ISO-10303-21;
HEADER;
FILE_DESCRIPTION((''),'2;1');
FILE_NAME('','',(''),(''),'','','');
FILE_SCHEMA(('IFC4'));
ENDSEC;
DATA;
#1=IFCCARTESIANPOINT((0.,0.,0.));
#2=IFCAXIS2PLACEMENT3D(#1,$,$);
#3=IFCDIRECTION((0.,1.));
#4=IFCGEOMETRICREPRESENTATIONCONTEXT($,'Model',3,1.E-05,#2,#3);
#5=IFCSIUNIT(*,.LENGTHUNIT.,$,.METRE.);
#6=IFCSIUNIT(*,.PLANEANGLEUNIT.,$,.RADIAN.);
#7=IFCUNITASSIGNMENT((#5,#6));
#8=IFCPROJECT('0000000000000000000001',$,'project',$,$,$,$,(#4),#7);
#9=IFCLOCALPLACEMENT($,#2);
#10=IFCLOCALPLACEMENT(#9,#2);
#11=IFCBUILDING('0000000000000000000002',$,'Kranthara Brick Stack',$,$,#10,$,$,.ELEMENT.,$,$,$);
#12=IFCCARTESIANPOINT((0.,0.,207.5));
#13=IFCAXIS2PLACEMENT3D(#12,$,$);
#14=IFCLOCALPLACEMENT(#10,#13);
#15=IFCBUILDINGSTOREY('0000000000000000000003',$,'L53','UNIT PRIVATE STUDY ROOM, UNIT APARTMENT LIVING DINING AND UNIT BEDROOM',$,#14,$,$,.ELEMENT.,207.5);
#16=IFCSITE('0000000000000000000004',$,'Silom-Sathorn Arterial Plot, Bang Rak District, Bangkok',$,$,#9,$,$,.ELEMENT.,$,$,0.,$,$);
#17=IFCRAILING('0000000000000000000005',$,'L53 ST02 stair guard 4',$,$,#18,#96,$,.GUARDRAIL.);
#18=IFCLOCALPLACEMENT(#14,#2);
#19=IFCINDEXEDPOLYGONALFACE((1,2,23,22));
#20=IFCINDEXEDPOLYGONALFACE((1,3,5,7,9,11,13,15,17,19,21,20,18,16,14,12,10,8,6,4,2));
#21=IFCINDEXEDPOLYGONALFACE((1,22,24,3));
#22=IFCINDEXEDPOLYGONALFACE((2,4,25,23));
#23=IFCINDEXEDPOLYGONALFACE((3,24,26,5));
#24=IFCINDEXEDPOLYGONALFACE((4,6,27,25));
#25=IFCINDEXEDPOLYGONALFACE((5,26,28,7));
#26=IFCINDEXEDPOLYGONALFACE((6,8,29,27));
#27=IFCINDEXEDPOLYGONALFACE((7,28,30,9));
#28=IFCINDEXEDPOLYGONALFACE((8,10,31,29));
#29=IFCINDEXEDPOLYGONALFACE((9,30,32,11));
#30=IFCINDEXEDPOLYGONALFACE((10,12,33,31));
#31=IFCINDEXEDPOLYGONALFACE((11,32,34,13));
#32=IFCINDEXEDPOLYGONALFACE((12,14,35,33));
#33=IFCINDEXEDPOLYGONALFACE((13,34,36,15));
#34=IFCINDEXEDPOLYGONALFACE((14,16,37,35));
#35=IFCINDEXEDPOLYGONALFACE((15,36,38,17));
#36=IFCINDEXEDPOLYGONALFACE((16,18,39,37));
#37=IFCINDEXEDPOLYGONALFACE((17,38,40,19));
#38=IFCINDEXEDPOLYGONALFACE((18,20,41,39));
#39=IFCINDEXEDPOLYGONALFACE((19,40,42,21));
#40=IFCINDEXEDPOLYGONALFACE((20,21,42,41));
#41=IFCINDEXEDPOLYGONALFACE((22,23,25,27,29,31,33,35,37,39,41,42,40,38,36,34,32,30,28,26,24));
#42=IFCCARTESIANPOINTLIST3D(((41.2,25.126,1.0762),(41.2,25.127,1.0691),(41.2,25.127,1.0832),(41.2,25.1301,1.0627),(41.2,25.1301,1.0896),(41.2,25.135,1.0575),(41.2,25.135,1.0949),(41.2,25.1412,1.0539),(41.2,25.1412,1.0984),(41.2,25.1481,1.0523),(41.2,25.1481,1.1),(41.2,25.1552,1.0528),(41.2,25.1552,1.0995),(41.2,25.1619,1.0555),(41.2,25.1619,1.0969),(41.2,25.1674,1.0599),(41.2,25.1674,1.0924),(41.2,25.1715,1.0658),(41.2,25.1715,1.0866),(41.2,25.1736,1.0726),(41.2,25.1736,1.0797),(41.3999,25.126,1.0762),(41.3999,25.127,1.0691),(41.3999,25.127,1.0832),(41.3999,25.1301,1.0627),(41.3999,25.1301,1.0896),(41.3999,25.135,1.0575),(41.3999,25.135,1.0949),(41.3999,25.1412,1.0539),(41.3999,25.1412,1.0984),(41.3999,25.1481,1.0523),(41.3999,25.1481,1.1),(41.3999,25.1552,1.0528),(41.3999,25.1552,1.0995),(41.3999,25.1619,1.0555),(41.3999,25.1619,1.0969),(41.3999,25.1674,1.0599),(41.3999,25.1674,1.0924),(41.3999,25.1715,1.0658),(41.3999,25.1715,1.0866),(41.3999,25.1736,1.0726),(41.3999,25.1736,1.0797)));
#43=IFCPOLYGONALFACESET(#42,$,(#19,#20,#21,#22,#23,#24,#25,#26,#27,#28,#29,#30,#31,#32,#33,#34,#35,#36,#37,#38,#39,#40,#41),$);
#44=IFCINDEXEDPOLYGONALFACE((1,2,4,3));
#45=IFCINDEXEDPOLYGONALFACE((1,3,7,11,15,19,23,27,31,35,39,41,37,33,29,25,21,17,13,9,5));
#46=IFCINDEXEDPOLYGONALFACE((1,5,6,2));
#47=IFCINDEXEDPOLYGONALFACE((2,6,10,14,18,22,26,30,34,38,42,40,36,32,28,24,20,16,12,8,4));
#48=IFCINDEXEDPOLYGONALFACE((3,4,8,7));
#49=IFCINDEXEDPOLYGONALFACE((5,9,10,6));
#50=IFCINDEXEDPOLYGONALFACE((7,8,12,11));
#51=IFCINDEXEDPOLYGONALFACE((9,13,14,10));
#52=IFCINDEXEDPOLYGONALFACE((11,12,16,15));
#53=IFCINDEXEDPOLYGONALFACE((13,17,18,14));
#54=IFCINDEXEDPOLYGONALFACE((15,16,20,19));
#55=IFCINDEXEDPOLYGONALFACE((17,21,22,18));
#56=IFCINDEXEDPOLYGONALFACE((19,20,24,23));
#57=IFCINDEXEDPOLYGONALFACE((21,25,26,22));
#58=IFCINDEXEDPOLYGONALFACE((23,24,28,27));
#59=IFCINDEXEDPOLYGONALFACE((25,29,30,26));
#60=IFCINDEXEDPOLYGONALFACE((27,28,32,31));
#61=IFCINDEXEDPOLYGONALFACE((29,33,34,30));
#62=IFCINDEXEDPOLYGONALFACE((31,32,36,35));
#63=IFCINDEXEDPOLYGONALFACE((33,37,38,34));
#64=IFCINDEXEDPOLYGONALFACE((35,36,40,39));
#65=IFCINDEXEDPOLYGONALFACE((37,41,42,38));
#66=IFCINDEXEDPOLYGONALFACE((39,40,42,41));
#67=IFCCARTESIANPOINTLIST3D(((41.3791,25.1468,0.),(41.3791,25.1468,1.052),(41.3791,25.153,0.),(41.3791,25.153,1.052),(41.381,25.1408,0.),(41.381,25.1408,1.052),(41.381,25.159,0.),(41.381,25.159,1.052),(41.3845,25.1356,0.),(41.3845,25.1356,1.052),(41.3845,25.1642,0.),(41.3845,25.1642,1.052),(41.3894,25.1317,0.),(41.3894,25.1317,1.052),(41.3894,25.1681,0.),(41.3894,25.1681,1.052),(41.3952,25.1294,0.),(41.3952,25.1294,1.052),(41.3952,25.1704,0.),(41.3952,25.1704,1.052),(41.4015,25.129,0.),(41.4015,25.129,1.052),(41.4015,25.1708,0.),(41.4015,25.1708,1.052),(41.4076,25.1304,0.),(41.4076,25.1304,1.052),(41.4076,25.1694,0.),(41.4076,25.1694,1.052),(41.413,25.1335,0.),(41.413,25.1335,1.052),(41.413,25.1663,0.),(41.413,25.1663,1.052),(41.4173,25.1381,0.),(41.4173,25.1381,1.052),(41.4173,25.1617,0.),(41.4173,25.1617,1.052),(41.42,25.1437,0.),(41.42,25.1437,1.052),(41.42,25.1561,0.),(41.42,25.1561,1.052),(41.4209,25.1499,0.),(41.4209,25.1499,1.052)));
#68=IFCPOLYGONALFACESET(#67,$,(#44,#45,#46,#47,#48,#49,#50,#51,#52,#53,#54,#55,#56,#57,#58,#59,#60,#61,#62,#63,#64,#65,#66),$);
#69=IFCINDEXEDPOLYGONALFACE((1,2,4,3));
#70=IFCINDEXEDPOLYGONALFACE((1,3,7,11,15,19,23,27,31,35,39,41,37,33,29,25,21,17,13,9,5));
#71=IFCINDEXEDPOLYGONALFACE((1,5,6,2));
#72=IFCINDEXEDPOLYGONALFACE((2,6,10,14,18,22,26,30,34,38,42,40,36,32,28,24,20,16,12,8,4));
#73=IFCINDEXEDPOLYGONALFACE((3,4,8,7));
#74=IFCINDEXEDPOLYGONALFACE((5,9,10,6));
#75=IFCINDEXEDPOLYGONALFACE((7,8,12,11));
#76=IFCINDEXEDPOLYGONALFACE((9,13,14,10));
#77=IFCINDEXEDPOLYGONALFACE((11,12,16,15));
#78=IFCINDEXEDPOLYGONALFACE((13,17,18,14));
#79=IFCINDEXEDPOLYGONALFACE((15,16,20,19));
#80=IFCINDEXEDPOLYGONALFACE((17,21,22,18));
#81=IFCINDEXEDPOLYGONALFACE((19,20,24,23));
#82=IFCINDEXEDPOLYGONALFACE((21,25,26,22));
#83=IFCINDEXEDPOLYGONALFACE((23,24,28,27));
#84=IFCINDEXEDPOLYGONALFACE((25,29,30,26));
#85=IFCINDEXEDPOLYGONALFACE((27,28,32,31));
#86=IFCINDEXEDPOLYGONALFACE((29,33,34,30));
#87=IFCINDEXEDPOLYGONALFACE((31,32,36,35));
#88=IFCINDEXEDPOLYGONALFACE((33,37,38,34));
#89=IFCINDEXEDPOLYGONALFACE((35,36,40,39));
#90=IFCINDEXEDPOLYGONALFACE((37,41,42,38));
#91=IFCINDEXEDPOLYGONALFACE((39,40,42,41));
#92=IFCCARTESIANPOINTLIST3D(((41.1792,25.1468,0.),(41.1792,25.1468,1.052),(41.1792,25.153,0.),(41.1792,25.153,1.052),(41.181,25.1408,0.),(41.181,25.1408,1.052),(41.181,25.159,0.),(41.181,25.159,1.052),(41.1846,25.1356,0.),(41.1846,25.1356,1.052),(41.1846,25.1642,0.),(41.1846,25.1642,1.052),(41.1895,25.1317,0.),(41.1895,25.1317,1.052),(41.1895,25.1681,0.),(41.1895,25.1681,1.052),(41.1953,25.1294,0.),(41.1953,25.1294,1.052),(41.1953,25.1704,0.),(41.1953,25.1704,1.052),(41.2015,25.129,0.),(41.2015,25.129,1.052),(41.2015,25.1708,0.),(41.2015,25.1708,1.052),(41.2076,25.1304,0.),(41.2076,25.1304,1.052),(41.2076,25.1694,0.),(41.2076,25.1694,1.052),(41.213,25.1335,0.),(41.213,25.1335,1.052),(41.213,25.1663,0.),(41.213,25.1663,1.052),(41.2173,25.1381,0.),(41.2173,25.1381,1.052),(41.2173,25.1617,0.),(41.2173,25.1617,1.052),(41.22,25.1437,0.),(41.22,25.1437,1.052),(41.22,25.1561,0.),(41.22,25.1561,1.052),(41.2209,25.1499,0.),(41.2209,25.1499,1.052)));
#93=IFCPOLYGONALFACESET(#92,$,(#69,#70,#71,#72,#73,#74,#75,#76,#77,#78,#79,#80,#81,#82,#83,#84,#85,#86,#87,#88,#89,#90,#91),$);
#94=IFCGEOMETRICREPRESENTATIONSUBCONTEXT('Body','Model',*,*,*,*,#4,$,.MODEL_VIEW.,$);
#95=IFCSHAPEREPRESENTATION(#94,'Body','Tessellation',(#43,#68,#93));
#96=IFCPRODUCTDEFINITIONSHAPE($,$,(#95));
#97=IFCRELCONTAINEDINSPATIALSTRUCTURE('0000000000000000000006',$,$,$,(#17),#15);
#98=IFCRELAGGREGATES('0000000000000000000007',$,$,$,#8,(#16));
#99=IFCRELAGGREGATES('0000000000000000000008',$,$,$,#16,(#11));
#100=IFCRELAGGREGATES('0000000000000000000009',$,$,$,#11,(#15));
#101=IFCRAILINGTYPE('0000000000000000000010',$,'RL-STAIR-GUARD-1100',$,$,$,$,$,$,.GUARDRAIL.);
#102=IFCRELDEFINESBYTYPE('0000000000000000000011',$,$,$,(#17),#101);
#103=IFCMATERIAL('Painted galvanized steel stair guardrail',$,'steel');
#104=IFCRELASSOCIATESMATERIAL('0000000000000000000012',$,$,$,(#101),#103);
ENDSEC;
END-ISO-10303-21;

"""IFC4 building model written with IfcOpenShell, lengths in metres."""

from ifc_helpers import new_model, si_unit, direction, frame, origin, origin_2d, place, context, subcontext, project, spatial, circle, extrude, material, type_object, element, save


model = new_model("IFC4")

# Units and contexts
model_context = context("Model", 3, precision=1e-05, world=origin(), true_north=direction((0.0, 1.0)))
body_context = subcontext(model_context, "Body", "Model", "MODEL_VIEW")
ifc_project = project(units=[si_unit("LENGTHUNIT", "METRE"), si_unit("PLANEANGLEUNIT", "RADIAN")], contexts=[model_context])

# Site, building, storey
site_placement = place(None, origin())
site = spatial("IfcSite", under=ifc_project, at=site_placement, Name="Silom-Sathorn Arterial Plot, Bang Rak District, Bangkok", CompositionType="ELEMENT", RefElevation=0.0)
building_placement = place(site_placement, origin())
building = spatial("IfcBuilding", under=site, at=building_placement, Name="Kranthara Brick Stack", CompositionType="ELEMENT")
storey_placement = place(building_placement, frame((0.0, 0.0, 207.5)))
storey = spatial("IfcBuildingStorey", under=building, at=storey_placement, Name="L53", Description="UNIT PRIVATE STUDY ROOM, UNIT APARTMENT LIVING DINING AND UNIT BEDROOM", CompositionType="ELEMENT", Elevation=207.5)

# Railing
ifc_material_1 = material(Name="Painted galvanized steel stair guardrail", Category="steel")
railing_type_1 = type_object("IfcRailingType", Name="RL-STAIR-GUARD-1100", PredefinedType="GUARDRAIL", material=ifc_material_1)
railing_1_placement = place(storey_placement, frame((41.3999, 25.1499, 0.0)))
element("IfcRailing", 1, at=railing_1_placement, inside=storey, type_object=railing_type_1, Name="L53 ST02 stair guard 4", PredefinedType="GUARDRAIL", context=body_context, shape_type="SweptSolid", body=[
    extrude(circle(Radius=0.0239, at=origin_2d()), frame((0.0, 0.0, 1.0762), z_axis=(-1.0, 0.0, 0.0), x_axis=(0.0, -1.0, 0.0)), (0.0, 0.0, 1.0), 0.2),
    extrude(circle(Radius=0.021, at=origin_2d()), origin(), (0.0, 0.0, 1.0), 1.052),
    extrude(circle(Radius=0.021, at=origin_2d()), frame((-0.2, 0.0, 0.0)), (0.0, 0.0, 1.0), 1.052),
])

save(model, "model.ifc")
